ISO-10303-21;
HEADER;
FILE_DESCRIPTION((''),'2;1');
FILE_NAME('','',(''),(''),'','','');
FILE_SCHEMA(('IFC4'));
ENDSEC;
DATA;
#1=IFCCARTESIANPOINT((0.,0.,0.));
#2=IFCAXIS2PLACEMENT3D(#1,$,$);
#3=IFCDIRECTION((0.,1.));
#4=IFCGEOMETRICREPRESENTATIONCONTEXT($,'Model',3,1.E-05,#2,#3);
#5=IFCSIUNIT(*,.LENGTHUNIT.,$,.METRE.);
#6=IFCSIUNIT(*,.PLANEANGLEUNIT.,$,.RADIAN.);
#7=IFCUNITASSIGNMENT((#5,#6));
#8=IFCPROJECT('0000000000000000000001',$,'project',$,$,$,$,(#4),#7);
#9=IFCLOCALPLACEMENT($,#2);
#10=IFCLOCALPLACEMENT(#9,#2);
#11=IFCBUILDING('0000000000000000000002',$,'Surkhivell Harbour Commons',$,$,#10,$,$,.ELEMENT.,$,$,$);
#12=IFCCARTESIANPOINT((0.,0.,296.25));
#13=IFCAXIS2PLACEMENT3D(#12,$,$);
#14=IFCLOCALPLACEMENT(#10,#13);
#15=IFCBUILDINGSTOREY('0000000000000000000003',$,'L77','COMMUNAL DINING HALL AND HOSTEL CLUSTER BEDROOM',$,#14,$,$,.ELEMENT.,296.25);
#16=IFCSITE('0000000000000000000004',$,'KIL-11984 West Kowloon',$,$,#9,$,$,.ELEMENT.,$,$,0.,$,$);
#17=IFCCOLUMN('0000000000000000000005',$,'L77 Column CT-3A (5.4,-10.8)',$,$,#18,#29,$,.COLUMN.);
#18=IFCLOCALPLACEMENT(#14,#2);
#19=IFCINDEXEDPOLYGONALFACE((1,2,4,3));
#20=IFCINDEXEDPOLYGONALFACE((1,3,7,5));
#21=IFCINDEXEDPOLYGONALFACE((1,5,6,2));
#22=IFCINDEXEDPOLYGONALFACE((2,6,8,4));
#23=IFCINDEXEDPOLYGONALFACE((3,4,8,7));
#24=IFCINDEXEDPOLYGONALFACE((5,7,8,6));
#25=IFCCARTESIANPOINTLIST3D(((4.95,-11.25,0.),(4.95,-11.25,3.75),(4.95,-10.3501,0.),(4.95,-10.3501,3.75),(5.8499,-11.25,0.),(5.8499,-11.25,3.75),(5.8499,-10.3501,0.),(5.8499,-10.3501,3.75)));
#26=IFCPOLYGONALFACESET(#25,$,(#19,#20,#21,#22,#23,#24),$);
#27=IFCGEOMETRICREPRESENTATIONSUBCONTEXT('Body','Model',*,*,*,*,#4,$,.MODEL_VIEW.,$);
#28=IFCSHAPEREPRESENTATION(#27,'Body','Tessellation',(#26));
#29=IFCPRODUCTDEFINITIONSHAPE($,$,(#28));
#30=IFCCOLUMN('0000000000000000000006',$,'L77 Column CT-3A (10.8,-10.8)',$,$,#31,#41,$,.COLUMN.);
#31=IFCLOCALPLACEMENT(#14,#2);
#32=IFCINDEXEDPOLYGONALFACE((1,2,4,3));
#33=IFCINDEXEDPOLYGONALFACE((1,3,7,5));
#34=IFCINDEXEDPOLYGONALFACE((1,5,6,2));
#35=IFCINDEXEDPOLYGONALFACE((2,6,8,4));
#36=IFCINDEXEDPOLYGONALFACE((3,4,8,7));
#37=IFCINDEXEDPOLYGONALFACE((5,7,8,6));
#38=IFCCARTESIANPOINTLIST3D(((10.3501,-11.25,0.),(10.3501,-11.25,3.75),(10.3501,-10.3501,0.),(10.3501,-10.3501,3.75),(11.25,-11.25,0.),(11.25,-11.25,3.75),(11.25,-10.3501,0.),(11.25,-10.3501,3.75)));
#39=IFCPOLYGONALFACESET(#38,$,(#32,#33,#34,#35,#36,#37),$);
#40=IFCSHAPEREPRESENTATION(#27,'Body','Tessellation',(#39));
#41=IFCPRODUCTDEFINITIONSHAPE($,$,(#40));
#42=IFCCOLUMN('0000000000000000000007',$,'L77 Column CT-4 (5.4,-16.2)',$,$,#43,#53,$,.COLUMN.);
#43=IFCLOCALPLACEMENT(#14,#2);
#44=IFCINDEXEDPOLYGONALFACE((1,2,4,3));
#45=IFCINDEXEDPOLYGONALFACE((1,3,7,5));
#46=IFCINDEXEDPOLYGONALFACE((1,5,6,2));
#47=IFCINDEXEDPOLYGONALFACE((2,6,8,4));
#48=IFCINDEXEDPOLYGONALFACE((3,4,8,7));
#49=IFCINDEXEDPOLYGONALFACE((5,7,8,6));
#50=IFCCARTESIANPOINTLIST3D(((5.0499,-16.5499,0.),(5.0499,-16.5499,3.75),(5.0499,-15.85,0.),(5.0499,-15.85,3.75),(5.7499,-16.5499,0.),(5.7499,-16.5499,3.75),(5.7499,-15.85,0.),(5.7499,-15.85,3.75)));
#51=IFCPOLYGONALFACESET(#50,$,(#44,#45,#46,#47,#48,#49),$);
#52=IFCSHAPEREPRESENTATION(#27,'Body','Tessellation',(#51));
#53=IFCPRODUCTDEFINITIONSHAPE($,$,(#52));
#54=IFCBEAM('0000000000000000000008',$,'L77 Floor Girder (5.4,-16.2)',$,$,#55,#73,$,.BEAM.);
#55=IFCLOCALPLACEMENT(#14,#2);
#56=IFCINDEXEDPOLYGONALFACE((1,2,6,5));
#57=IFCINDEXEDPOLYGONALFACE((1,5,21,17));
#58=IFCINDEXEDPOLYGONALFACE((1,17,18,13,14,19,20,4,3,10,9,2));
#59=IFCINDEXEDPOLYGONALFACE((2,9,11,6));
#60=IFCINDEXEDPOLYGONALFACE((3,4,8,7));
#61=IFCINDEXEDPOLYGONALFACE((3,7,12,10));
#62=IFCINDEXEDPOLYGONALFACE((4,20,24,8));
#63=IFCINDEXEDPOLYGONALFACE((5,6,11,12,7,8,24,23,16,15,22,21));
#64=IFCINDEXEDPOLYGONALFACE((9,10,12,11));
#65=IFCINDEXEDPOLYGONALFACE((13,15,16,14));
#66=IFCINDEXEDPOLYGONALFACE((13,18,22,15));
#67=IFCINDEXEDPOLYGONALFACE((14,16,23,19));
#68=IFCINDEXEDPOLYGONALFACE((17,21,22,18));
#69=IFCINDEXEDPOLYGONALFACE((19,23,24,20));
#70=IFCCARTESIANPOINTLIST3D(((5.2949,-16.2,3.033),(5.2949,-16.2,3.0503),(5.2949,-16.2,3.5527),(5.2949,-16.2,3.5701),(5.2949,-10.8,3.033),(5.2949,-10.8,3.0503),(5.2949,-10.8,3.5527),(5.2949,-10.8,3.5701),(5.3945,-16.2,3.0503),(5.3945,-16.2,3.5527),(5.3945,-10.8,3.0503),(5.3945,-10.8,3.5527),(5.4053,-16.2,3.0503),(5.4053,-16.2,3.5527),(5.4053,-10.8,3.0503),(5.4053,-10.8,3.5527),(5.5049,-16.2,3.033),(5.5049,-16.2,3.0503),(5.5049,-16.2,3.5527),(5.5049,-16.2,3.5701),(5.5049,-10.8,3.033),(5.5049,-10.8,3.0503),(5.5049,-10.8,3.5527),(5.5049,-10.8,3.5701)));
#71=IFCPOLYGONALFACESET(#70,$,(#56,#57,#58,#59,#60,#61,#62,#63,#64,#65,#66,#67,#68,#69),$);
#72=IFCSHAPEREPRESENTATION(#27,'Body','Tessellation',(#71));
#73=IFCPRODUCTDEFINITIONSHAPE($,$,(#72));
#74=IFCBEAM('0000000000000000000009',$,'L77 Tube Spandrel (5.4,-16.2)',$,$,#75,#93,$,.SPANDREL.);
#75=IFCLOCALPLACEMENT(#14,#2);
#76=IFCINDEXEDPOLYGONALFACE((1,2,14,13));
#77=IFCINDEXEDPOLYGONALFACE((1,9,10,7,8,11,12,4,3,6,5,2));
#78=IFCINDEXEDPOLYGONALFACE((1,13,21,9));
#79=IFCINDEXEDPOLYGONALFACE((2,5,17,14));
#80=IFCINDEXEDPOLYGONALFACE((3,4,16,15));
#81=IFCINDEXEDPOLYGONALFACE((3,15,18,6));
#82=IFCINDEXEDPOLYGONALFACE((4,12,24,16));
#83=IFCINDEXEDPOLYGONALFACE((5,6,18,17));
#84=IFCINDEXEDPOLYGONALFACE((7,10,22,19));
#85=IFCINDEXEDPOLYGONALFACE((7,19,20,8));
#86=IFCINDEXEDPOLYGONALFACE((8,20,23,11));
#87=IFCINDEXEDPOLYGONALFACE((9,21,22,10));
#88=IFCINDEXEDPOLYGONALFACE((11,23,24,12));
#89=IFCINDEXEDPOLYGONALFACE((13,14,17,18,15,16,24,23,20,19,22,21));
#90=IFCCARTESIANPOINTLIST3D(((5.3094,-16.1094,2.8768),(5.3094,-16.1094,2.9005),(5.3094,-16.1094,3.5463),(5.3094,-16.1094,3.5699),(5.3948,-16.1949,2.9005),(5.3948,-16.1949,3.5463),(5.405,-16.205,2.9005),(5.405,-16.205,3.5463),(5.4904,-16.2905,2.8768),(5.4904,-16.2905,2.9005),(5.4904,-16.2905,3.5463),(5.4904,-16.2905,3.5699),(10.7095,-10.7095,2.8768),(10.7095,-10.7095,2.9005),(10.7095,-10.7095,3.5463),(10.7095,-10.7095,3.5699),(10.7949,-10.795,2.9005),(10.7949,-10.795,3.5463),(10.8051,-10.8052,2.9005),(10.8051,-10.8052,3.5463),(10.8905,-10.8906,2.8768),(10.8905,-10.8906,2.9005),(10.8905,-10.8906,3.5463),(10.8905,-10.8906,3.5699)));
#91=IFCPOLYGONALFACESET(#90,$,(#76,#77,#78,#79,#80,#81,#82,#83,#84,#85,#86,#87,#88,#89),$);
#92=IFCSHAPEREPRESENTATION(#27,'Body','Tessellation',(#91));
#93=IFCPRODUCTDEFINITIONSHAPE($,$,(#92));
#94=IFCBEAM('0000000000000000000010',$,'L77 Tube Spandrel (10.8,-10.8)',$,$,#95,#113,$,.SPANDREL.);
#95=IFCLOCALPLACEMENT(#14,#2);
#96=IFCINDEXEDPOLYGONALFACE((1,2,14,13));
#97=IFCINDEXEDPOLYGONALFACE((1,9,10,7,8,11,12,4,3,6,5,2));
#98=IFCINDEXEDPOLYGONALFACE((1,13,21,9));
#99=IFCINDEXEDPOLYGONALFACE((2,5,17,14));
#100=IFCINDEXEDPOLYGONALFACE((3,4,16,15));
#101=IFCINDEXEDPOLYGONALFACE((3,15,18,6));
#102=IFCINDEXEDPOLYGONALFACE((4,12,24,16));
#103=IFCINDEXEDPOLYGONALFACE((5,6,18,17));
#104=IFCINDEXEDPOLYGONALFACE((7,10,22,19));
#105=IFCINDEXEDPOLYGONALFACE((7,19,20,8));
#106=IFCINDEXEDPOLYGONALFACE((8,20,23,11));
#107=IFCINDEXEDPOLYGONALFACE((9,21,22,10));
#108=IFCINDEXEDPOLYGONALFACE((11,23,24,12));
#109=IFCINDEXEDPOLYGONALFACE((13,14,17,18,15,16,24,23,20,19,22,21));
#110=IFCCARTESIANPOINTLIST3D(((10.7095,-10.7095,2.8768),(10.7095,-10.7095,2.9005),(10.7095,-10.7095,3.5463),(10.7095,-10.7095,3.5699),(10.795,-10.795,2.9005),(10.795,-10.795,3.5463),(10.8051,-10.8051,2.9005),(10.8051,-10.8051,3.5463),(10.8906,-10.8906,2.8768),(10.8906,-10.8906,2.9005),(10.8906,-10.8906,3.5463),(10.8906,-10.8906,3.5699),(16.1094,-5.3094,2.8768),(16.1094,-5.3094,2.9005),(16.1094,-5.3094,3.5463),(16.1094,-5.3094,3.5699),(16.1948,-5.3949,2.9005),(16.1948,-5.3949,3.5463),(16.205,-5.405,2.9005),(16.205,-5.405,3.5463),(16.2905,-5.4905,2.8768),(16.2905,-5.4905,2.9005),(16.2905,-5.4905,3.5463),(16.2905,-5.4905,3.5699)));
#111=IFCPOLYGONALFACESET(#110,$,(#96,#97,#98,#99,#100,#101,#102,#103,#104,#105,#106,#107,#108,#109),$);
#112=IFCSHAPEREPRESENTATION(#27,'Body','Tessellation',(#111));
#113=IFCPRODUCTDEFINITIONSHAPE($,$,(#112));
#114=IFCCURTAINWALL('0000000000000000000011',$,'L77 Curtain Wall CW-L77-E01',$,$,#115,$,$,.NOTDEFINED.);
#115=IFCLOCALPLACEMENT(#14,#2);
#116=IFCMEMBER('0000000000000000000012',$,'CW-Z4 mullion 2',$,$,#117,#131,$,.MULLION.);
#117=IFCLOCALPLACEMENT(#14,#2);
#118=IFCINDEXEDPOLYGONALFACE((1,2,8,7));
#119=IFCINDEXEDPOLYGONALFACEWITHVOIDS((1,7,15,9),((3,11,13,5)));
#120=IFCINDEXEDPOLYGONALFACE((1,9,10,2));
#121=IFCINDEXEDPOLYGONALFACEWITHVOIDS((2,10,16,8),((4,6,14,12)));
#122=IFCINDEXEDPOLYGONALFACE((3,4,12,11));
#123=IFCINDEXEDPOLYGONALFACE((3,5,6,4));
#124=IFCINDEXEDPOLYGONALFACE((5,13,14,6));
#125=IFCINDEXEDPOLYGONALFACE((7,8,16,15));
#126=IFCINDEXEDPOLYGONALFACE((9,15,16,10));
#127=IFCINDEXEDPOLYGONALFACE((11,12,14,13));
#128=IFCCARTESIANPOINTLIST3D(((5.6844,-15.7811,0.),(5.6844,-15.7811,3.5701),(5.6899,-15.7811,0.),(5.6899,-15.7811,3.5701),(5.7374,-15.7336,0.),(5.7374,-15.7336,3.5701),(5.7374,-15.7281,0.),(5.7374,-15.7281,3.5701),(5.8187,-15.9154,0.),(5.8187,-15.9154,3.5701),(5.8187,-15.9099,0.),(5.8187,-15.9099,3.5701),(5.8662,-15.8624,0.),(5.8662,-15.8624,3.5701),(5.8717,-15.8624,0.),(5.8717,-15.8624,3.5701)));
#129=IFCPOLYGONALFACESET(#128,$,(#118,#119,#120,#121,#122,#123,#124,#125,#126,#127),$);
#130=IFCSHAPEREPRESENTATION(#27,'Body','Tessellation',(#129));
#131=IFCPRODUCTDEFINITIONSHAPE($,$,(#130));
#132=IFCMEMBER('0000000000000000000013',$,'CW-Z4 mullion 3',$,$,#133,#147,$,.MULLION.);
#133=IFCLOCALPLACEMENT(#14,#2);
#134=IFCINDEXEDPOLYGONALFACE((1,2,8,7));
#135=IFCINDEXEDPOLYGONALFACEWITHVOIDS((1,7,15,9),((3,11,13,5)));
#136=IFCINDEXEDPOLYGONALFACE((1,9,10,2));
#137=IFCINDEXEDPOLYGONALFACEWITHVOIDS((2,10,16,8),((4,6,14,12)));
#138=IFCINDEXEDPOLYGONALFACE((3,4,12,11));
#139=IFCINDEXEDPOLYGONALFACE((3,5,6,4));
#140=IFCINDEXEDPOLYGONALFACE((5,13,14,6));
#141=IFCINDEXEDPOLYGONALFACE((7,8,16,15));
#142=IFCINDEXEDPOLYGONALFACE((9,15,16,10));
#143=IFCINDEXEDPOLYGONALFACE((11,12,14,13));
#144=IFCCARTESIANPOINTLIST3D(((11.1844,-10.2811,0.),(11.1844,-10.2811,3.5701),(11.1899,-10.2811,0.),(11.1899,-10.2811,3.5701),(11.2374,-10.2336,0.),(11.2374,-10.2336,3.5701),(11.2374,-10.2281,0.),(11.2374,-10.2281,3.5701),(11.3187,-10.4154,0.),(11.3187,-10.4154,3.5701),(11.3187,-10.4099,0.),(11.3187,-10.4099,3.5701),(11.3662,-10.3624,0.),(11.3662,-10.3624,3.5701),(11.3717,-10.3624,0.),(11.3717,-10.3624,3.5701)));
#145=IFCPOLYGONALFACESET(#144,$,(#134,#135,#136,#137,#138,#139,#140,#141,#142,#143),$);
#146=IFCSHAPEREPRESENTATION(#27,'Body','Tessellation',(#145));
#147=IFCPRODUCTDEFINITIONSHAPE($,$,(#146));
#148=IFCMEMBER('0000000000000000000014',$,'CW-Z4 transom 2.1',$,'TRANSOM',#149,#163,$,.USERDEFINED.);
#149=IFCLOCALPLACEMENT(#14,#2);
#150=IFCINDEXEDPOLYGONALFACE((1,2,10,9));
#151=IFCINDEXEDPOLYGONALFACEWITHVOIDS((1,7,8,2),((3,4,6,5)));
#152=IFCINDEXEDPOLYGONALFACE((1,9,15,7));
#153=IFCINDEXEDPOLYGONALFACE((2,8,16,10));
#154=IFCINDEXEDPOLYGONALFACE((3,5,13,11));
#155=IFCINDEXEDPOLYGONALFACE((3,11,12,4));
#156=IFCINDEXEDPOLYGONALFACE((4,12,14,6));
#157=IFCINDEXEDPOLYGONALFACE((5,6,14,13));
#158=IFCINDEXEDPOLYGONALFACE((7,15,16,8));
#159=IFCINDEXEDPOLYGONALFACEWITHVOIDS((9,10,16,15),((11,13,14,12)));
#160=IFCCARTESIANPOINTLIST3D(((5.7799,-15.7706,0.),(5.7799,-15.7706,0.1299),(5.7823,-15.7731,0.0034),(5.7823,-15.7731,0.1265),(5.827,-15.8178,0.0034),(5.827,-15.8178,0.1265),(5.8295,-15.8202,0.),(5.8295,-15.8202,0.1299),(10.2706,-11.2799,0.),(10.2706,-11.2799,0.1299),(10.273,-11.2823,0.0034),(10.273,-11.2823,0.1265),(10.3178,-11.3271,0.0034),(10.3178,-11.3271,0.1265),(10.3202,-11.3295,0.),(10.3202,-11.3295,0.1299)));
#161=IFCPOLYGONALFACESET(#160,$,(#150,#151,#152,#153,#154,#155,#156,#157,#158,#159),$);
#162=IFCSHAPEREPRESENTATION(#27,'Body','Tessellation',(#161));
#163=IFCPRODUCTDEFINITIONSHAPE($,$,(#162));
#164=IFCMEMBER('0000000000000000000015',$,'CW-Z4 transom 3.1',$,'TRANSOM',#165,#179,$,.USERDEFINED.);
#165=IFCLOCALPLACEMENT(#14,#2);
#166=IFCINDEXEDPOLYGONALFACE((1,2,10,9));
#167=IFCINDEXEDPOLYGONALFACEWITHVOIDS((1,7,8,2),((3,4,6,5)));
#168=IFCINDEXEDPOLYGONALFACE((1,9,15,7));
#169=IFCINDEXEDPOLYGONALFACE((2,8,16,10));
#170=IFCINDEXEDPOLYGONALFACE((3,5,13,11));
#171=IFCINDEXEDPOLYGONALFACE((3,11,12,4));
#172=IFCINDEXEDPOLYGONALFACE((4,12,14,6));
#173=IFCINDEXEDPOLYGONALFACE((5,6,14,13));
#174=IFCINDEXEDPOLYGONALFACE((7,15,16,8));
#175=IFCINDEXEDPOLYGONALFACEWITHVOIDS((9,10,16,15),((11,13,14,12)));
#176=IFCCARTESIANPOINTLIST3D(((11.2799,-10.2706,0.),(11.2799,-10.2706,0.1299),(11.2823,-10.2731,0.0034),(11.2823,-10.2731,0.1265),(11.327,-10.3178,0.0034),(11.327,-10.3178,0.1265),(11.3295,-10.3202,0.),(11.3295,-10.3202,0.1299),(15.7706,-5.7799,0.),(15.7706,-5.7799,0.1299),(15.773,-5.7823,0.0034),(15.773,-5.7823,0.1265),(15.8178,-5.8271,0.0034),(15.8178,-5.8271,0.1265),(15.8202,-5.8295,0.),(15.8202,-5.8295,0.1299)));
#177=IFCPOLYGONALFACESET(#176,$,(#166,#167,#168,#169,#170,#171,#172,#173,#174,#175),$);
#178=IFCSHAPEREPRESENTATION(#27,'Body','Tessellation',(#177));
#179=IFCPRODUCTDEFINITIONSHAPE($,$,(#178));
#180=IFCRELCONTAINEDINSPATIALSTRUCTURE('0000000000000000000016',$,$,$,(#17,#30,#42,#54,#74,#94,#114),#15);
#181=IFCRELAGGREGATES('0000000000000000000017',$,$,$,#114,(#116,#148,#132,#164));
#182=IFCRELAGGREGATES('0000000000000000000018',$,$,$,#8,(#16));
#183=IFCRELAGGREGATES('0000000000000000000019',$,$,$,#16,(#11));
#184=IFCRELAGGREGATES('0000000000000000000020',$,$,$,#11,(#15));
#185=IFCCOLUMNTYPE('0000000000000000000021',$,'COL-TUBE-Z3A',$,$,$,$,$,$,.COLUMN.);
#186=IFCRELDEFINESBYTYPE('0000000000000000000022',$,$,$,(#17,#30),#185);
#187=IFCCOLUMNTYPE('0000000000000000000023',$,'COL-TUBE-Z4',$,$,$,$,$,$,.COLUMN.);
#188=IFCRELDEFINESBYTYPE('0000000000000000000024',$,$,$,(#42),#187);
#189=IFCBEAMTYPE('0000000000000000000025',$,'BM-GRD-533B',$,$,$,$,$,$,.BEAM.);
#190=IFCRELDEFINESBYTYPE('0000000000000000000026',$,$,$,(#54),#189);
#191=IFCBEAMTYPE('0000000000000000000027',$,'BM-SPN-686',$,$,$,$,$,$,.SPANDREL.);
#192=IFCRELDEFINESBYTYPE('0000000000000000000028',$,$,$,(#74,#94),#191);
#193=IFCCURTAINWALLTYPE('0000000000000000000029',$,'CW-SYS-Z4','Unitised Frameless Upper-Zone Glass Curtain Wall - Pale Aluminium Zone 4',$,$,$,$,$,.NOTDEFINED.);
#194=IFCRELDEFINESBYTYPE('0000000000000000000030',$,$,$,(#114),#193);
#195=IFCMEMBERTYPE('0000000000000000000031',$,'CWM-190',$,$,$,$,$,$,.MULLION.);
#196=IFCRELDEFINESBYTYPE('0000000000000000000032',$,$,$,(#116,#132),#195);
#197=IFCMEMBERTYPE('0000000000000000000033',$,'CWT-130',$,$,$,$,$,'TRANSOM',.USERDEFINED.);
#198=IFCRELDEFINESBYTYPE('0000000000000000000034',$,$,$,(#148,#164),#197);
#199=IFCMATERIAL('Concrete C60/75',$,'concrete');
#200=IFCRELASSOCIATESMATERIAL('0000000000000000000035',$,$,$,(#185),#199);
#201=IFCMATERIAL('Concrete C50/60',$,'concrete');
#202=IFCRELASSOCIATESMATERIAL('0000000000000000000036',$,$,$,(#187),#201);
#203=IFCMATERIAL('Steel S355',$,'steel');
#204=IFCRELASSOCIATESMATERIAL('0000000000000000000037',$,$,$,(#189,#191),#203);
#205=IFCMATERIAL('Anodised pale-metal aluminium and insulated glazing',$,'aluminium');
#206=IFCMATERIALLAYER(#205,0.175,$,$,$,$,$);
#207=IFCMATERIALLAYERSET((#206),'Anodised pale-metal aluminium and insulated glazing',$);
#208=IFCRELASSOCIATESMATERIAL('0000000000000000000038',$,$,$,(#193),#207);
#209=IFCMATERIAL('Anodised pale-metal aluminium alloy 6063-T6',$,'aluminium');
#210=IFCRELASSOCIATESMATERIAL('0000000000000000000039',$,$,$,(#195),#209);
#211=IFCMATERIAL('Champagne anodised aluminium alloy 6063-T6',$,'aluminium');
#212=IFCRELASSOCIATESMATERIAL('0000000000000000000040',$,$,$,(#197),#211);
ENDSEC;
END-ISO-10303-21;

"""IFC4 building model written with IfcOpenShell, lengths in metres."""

from ifc_helpers import new_model, si_unit, direction, frame, origin, origin_2d, place, context, subcontext, project, spatial, rectangle, hollow_rectangle, i_section, extrude, material, layer, layer_set, material_profile, profile_set, type_object, element, aggregate, save


model = new_model("IFC4")

# Units and contexts
model_context = context("Model", 3, precision=1e-05, world=origin(), true_north=direction((0.0, 1.0)))
body_context = subcontext(model_context, "Body", "Model", "MODEL_VIEW")
ifc_project = project(units=[si_unit("LENGTHUNIT", "METRE"), si_unit("PLANEANGLEUNIT", "RADIAN")], contexts=[model_context])

# Site, building, storey
site_placement = place(None, origin())
site = spatial("IfcSite", under=ifc_project, at=site_placement, Name="KIL-11984 West Kowloon", CompositionType="ELEMENT", RefElevation=0.0)
building_placement = place(site_placement, origin())
building = spatial("IfcBuilding", under=site, at=building_placement, Name="Surkhivell Harbour Commons", CompositionType="ELEMENT")
storey_placement = place(building_placement, frame((0.0, 0.0, 296.25)))
storey = spatial("IfcBuildingStorey", under=building, at=storey_placement, Name="L77", Description="COMMUNAL DINING HALL AND HOSTEL CLUSTER BEDROOM", CompositionType="ELEMENT", Elevation=296.25)

# Columns
ifc_material_1 = material(Name="Concrete C60/75", Category="concrete")
ifc_material_profile_1 = material_profile(ifc_material_1, rectangle(XDim=0.8999, YDim=0.8999, at=origin_2d()), Name="RC-COL-900x900")
ifc_profile_set_1 = profile_set([ifc_material_profile_1], Name="Concrete C60/75")
column_type_1 = type_object("IfcColumnType", Name="COL-TUBE-Z3A", PredefinedType="COLUMN", material=ifc_profile_set_1)
for number, where, z_axis, x_axis, name in (
    (1, (5.3999, -10.8, 0.0), (0.0, 0.0, 1.0), (1.0, 0.0, 0.0), "L77 Column CT-3A (5.4,-10.8)"),
    (2, (10.8, -10.8, 0.0), (0.0, 0.0, 1.0), (1.0, 0.0, 0.0), "L77 Column CT-3A (10.8,-10.8)"),
):
    element("IfcColumn", number, at=place(storey_placement, frame(where, z_axis=z_axis, x_axis=x_axis)), inside=storey, type_object=column_type_1, Name=name, PredefinedType="COLUMN", context=body_context, shape_type="SweptSolid", body=[
        extrude(rectangle(XDim=0.8999, YDim=0.8999, at=origin_2d()), origin(), (0.0, 0.0, 1.0), 3.75),
    ])
ifc_material_2 = material(Name="Concrete C50/60", Category="concrete")
ifc_material_profile_2 = material_profile(ifc_material_2, rectangle(XDim=0.7, YDim=0.7, at=origin_2d()), Name="RC-COL-700x700")
ifc_profile_set_2 = profile_set([ifc_material_profile_2], Name="Concrete C50/60")
column_type_2 = type_object("IfcColumnType", Name="COL-TUBE-Z4", PredefinedType="COLUMN", material=ifc_profile_set_2)
column_placement = place(storey_placement, frame((5.3999, -16.2, 0.0), z_axis=(0.0, 0.0, 1.0), x_axis=(1.0, 0.0, 0.0)))
element("IfcColumn", 3, at=column_placement, inside=storey, type_object=column_type_2, Name="L77 Column CT-4 (5.4,-16.2)", PredefinedType="COLUMN", context=body_context, shape_type="SweptSolid", body=[
    extrude(rectangle(XDim=0.7, YDim=0.7, at=origin_2d()), origin(), (0.0, 0.0, 1.0), 3.75),
])

# Beams
ifc_material_3 = material(Name="Steel S355", Category="steel")
ifc_material_profile_3 = material_profile(ifc_material_3, i_section(OverallWidth=0.21, OverallDepth=0.5371, WebThickness=0.0107, FlangeThickness=0.0173, at=origin_2d()), Name="UB533x210x101")
ifc_profile_set_3 = profile_set([ifc_material_profile_3], Name="Steel S355")
beam_type_1 = type_object("IfcBeamType", Name="BM-GRD-533B", PredefinedType="BEAM", material=ifc_profile_set_3)
beam_placement = place(storey_placement, frame((5.3999, -16.2, 3.3015), z_axis=(0.0, 1.0, 0.0), x_axis=(-1.0, 0.0, 0.0)))
element("IfcBeam", 4, at=beam_placement, inside=storey, type_object=beam_type_1, Name="L77 Floor Girder (5.4,-16.2)", PredefinedType="BEAM", context=body_context, shape_type="SweptSolid", body=[
    extrude(i_section(OverallWidth=0.21, OverallDepth=0.5371, WebThickness=0.0107, FlangeThickness=0.0173, at=origin_2d()), origin(), (0.0, 0.0, 1.0), 5.3999),
])
ifc_material_profile_4 = material_profile(ifc_material_3, i_section(OverallWidth=0.2561, OverallDepth=0.6931, WebThickness=0.0144, FlangeThickness=0.0237, at=origin_2d()), Name="UB686x254x170")
ifc_profile_set_4 = profile_set([ifc_material_profile_4], Name="Steel S355")
beam_type_2 = type_object("IfcBeamType", Name="BM-SPN-686", PredefinedType="SPANDREL", material=ifc_profile_set_4)
for number, where, z_axis, x_axis, name in (
    (5, (5.3999, -16.2, 3.2234), (0.707123, 0.707091, 0.0), (-0.707091, 0.707123, 0.0), "L77 Tube Spandrel (5.4,-16.2)"),
    (6, (10.8, -10.8, 3.2234), (0.707091, 0.707123, 0.0), (-0.707123, 0.707091, 0.0), "L77 Tube Spandrel (10.8,-10.8)"),
):
    element("IfcBeam", number, at=place(storey_placement, frame(where, z_axis=z_axis, x_axis=x_axis)), inside=storey, type_object=beam_type_2, Name=name, PredefinedType="SPANDREL", context=body_context, shape_type="SweptSolid", body=[
        extrude(i_section(OverallWidth=0.2561, OverallDepth=0.6931, WebThickness=0.0144, FlangeThickness=0.0237, at=origin_2d()), origin(), (0.0, 0.0, 1.0), 7.6367),
    ])

# Curtain wall, members
ifc_material_4 = material(Name="Anodised pale-metal aluminium and insulated glazing", Category="aluminium")
ifc_layer_1 = layer(ifc_material_4, 0.175)
ifc_layer_set_1 = layer_set([ifc_layer_1], Name="Anodised pale-metal aluminium and insulated glazing")
curtain_wall_type = type_object("IfcCurtainWallType", Name="CW-SYS-Z4", Description="Unitised Frameless Upper-Zone Glass Curtain Wall - Pale Aluminium Zone 4", PredefinedType="NOTDEFINED", material=ifc_layer_set_1)
curtain_wall_placement = place(storey_placement, origin())
curtain_wall = element("IfcCurtainWall", 7, at=curtain_wall_placement, inside=storey, type_object=curtain_wall_type, Name="L77 Curtain Wall CW-L77-E01", PredefinedType="NOTDEFINED")
ifc_material_5 = material(Name="Anodised pale-metal aluminium alloy 6063-T6", Category="aluminium")
ifc_material_profile_5 = material_profile(ifc_material_5, hollow_rectangle(XDim=0.075, YDim=0.1899, WallThickness=0.0039, at=origin_2d()), Name="ALU-MULL-75x190")
ifc_profile_set_5 = profile_set([ifc_material_profile_5], Name="Anodised pale-metal aluminium alloy 6063-T6")
member_type_1 = type_object("IfcMemberType", Name="CWM-190", PredefinedType="MULLION", material=ifc_profile_set_5)
member_1_placement = place(storey_placement, frame((5.7781, -15.8218, 0.0), z_axis=(0.0, 0.0, 1.0), x_axis=(0.707107, 0.707107, 0.0)))
member_1 = element("IfcMember", 8, at=member_1_placement, type_object=member_type_1, Name="CW-Z4 mullion 2", PredefinedType="MULLION", context=body_context, shape_type="SweptSolid", body=[
    extrude(hollow_rectangle(XDim=0.075, YDim=0.1899, WallThickness=0.0039, at=origin_2d()), origin(), (0.0, 0.0, 1.0), 3.5701),
])
member_2_placement = place(storey_placement, frame((11.2781, -10.3218, 0.0), z_axis=(0.0, 0.0, 1.0), x_axis=(0.707107, 0.707107, 0.0)))
member_2 = element("IfcMember", 9, at=member_2_placement, type_object=member_type_1, Name="CW-Z4 mullion 3", PredefinedType="MULLION", context=body_context, shape_type="SweptSolid", body=[
    extrude(hollow_rectangle(XDim=0.075, YDim=0.1899, WallThickness=0.0039, at=origin_2d()), origin(), (0.0, 0.0, 1.0), 3.5701),
])
ifc_material_6 = material(Name="Champagne anodised aluminium alloy 6063-T6", Category="aluminium")
ifc_material_profile_6 = material_profile(ifc_material_6, hollow_rectangle(XDim=0.0701, YDim=0.1299, WallThickness=0.0034, at=origin_2d()), Name="ALU-TRAN-70x130")
ifc_profile_set_6 = profile_set([ifc_material_profile_6], Name="Champagne anodised aluminium alloy 6063-T6")
member_type_2 = type_object("IfcMemberType", Name="CWT-130", ElementType="TRANSOM", PredefinedType="USERDEFINED", material=ifc_profile_set_6)
member_3_placement = place(storey_placement, frame((5.8047, -15.7954, 0.0649), z_axis=(0.707107, 0.707107, 0.0), x_axis=(-0.707107, 0.707107, 0.0)))
member_3 = element("IfcMember", 10, at=member_3_placement, type_object=member_type_2, Name="CW-Z4 transom 2.1", ObjectType="TRANSOM", PredefinedType="USERDEFINED", context=body_context, shape_type="SweptSolid", body=[
    extrude(hollow_rectangle(XDim=0.0701, YDim=0.1299, WallThickness=0.0034, at=origin_2d()), origin(), (0.0, 0.0, 1.0), 6.3508),
])
member_4_placement = place(storey_placement, frame((11.3047, -10.2954, 0.0649), z_axis=(0.707107, 0.707107, 0.0), x_axis=(-0.707107, 0.707107, 0.0)))
member_4 = element("IfcMember", 11, at=member_4_placement, type_object=member_type_2, Name="CW-Z4 transom 3.1", ObjectType="TRANSOM", PredefinedType="USERDEFINED", context=body_context, shape_type="SweptSolid", body=[
    extrude(hollow_rectangle(XDim=0.0701, YDim=0.1299, WallThickness=0.0034, at=origin_2d()), origin(), (0.0, 0.0, 1.0), 6.3508),
])
aggregate(curtain_wall, [member_1, member_3, member_2, member_4])

save(model, "model.ifc")
